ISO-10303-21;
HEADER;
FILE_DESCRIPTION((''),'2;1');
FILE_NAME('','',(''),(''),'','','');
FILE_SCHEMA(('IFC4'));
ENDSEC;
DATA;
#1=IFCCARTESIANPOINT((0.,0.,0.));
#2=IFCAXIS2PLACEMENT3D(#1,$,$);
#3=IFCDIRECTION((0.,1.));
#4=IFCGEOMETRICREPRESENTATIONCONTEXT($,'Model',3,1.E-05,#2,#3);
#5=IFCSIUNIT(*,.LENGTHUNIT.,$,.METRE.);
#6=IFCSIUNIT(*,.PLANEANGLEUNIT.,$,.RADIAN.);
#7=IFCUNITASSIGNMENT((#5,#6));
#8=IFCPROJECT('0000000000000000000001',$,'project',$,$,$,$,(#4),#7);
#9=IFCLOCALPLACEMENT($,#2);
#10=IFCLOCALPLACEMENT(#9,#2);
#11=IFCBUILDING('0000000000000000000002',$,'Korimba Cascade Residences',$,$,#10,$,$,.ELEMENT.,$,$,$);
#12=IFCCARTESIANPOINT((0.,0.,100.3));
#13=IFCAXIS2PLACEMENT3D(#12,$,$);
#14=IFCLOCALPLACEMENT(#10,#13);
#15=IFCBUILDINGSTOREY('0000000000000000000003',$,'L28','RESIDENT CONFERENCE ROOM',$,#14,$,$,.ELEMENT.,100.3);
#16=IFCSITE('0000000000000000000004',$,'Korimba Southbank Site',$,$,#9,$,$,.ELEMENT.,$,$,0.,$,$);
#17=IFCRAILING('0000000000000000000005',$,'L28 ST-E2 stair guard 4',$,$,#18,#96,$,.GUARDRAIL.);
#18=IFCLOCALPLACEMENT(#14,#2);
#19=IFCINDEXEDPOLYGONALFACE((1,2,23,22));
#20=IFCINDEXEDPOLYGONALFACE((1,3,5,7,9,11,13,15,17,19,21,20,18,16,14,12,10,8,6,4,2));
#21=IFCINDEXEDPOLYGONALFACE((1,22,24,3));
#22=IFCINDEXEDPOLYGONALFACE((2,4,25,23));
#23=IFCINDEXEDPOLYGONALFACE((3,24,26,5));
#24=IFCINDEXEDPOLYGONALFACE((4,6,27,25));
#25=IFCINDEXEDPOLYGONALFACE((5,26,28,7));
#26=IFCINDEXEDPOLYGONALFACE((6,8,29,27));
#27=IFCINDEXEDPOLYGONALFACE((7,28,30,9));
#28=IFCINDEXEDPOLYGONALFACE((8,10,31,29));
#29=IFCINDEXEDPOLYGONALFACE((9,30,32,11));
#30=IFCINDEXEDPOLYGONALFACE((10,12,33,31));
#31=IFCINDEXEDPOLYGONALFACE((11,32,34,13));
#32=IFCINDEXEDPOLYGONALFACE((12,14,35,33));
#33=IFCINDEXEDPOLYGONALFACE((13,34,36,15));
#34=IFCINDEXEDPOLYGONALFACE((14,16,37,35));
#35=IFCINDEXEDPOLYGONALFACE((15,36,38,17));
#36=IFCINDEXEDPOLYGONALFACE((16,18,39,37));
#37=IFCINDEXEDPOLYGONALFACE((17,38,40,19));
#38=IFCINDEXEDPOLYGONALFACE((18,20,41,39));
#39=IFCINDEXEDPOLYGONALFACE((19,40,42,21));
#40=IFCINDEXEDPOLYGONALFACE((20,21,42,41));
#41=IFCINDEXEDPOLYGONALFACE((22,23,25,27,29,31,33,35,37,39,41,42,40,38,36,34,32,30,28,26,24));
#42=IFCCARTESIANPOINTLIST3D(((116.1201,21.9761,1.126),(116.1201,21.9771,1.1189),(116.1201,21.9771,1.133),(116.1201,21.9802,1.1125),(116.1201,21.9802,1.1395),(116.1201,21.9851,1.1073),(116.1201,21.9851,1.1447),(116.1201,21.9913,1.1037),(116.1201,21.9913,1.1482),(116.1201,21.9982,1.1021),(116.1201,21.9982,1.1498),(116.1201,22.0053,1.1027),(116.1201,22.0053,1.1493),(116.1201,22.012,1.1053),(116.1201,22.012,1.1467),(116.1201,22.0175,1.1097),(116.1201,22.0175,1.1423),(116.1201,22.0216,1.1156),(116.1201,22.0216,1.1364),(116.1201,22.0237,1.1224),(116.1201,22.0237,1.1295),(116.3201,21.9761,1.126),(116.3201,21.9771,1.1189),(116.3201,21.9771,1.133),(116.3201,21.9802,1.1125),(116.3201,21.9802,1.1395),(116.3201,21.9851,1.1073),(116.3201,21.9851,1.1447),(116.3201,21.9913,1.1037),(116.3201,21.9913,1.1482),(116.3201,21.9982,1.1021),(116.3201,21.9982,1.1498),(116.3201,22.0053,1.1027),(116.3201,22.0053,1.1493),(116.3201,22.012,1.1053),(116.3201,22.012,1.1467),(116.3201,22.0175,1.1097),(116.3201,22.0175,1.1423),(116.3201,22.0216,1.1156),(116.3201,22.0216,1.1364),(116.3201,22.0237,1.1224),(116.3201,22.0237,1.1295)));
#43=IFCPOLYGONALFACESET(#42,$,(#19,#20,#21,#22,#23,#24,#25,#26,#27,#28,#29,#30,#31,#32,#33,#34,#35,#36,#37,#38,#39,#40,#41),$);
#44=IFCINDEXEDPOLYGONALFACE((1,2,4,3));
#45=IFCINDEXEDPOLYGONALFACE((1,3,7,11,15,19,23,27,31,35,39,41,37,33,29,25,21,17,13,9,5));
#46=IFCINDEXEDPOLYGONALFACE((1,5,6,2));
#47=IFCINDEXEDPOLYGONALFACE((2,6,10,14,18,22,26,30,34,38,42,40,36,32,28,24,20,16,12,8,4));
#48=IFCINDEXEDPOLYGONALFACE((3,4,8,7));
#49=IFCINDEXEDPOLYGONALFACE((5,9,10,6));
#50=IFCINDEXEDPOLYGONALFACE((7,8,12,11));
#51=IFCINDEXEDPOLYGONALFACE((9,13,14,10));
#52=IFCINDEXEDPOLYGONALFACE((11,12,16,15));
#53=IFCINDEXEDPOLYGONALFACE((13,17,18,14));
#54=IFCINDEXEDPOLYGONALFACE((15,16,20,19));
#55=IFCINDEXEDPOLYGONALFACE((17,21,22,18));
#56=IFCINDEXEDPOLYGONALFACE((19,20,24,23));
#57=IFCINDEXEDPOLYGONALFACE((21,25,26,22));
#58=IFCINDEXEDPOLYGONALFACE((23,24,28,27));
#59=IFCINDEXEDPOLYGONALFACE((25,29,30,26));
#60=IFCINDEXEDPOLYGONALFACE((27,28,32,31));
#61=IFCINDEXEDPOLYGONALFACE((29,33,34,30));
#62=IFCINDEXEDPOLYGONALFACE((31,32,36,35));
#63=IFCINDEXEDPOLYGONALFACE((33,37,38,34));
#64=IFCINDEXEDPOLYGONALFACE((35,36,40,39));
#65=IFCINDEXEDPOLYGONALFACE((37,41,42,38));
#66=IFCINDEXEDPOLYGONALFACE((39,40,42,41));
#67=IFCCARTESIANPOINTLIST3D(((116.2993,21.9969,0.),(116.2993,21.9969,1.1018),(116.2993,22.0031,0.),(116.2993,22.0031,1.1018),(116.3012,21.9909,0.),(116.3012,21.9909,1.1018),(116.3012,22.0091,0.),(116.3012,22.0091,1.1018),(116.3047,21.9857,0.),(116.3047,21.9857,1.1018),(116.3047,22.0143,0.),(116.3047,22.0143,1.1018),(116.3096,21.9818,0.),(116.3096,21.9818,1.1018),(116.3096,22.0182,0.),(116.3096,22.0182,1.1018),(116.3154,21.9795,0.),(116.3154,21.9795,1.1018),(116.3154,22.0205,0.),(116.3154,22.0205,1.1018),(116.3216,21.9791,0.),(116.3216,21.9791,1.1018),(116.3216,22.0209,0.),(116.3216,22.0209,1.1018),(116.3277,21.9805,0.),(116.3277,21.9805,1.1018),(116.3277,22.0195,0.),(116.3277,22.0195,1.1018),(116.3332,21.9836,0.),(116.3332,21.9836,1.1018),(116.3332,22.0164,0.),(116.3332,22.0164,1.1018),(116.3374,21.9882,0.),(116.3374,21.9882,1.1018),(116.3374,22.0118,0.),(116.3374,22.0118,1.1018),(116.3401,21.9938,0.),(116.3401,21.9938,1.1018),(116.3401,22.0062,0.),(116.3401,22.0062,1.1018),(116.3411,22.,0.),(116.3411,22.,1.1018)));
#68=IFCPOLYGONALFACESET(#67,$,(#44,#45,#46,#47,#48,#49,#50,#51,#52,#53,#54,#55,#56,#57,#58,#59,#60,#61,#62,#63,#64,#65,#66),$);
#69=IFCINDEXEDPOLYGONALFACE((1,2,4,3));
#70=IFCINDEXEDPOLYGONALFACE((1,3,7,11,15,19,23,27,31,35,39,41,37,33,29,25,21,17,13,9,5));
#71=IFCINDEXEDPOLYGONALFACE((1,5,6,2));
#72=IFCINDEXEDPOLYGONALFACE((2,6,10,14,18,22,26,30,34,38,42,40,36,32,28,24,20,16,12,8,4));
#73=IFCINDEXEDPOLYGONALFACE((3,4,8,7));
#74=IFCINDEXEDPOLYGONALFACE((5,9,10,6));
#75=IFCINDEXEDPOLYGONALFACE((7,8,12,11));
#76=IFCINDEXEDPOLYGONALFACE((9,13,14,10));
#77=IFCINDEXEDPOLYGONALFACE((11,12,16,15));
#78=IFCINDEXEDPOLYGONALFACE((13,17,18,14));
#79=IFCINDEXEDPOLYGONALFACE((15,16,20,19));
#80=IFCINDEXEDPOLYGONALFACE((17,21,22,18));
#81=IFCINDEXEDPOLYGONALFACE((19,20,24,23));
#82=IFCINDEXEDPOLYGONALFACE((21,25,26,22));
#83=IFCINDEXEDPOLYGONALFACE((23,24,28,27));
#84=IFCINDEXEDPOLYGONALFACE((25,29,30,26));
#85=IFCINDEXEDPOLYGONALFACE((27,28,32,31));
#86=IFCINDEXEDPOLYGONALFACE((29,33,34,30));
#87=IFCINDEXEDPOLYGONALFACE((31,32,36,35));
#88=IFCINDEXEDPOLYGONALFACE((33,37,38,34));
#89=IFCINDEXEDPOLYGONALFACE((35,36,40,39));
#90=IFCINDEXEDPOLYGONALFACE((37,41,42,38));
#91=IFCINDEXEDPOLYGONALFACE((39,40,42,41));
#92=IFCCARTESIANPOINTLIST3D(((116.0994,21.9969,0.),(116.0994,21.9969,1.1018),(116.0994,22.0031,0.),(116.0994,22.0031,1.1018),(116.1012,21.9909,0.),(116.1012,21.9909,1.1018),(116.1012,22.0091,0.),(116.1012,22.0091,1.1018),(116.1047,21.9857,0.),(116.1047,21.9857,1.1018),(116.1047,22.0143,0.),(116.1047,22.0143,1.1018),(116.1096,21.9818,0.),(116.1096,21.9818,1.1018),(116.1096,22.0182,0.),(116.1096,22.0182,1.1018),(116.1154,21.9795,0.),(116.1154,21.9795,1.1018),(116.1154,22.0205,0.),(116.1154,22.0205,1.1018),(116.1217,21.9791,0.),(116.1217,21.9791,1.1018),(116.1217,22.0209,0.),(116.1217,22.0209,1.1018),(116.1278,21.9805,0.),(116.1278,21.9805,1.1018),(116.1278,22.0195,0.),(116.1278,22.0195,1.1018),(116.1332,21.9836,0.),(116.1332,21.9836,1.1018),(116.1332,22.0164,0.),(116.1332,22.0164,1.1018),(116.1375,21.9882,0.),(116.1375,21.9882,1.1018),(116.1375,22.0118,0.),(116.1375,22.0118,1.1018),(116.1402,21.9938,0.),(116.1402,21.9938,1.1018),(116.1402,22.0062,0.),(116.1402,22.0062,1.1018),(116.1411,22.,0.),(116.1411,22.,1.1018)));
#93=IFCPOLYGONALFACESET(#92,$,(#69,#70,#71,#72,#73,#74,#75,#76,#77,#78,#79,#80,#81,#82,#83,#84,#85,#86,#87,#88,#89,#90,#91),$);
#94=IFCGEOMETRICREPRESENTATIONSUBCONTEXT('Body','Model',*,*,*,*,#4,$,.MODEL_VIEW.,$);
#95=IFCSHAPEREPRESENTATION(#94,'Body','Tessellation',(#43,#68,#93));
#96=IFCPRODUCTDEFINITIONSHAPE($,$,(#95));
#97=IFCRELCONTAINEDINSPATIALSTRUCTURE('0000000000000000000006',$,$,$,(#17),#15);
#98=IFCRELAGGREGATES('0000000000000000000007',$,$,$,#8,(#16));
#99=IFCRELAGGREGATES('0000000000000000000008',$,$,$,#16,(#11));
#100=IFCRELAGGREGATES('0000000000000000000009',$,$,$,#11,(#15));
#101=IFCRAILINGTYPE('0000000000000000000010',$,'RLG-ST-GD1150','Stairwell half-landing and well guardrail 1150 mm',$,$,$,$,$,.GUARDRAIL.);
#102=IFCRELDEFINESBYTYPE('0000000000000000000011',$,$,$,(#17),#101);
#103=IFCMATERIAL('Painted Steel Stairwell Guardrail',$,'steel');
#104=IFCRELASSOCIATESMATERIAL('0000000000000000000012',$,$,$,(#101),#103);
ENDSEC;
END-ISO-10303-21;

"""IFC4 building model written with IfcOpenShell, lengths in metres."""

from ifc_helpers import new_model, si_unit, direction, frame, origin, origin_2d, place, context, subcontext, project, spatial, circle, extrude, material, type_object, element, save


model = new_model("IFC4")

# Units and contexts
model_context = context("Model", 3, precision=1e-05, world=origin(), true_north=direction((0.0, 1.0)))
body_context = subcontext(model_context, "Body", "Model", "MODEL_VIEW")
ifc_project = project(units=[si_unit("LENGTHUNIT", "METRE"), si_unit("PLANEANGLEUNIT", "RADIAN")], contexts=[model_context])

# Site, building, storey
site_placement = place(None, origin())
site = spatial("IfcSite", under=ifc_project, at=site_placement, Name="Korimba Southbank Site", CompositionType="ELEMENT", RefElevation=0.0)
building_placement = place(site_placement, origin())
building = spatial("IfcBuilding", under=site, at=building_placement, Name="Korimba Cascade Residences", CompositionType="ELEMENT")
storey_placement = place(building_placement, frame((0.0, 0.0, 100.3)))
storey = spatial("IfcBuildingStorey", under=building, at=storey_placement, Name="L28", Description="RESIDENT CONFERENCE ROOM", CompositionType="ELEMENT", Elevation=100.3)

# Railing
ifc_material_1 = material(Name="Painted Steel Stairwell Guardrail", Category="steel")
railing_type = type_object("IfcRailingType", Name="RLG-ST-GD1150", Description="Stairwell half-landing and well guardrail 1150 mm", PredefinedType="GUARDRAIL", material=ifc_material_1)
railing_1_placement = place(storey_placement, frame((116.3201, 22.0, 0.0)))
element("IfcRailing", 1, at=railing_1_placement, inside=storey, type_object=railing_type, Name="L28 ST-E2 stair guard 4", PredefinedType="GUARDRAIL", context=body_context, shape_type="SweptSolid", body=[
    extrude(circle(Radius=0.0239, at=origin_2d()), frame((0.0, 0.0, 1.126), z_axis=(-1.0, 0.0, 0.0), x_axis=(0.0, -1.0, 0.0)), (0.0, 0.0, 1.0), 0.2),
    extrude(circle(Radius=0.021, at=origin_2d()), origin(), (0.0, 0.0, 1.0), 1.1018),
    extrude(circle(Radius=0.021, at=origin_2d()), frame((-0.2, 0.0, 0.0)), (0.0, 0.0, 1.0), 1.1018),
])

save(model, "model.ifc")
